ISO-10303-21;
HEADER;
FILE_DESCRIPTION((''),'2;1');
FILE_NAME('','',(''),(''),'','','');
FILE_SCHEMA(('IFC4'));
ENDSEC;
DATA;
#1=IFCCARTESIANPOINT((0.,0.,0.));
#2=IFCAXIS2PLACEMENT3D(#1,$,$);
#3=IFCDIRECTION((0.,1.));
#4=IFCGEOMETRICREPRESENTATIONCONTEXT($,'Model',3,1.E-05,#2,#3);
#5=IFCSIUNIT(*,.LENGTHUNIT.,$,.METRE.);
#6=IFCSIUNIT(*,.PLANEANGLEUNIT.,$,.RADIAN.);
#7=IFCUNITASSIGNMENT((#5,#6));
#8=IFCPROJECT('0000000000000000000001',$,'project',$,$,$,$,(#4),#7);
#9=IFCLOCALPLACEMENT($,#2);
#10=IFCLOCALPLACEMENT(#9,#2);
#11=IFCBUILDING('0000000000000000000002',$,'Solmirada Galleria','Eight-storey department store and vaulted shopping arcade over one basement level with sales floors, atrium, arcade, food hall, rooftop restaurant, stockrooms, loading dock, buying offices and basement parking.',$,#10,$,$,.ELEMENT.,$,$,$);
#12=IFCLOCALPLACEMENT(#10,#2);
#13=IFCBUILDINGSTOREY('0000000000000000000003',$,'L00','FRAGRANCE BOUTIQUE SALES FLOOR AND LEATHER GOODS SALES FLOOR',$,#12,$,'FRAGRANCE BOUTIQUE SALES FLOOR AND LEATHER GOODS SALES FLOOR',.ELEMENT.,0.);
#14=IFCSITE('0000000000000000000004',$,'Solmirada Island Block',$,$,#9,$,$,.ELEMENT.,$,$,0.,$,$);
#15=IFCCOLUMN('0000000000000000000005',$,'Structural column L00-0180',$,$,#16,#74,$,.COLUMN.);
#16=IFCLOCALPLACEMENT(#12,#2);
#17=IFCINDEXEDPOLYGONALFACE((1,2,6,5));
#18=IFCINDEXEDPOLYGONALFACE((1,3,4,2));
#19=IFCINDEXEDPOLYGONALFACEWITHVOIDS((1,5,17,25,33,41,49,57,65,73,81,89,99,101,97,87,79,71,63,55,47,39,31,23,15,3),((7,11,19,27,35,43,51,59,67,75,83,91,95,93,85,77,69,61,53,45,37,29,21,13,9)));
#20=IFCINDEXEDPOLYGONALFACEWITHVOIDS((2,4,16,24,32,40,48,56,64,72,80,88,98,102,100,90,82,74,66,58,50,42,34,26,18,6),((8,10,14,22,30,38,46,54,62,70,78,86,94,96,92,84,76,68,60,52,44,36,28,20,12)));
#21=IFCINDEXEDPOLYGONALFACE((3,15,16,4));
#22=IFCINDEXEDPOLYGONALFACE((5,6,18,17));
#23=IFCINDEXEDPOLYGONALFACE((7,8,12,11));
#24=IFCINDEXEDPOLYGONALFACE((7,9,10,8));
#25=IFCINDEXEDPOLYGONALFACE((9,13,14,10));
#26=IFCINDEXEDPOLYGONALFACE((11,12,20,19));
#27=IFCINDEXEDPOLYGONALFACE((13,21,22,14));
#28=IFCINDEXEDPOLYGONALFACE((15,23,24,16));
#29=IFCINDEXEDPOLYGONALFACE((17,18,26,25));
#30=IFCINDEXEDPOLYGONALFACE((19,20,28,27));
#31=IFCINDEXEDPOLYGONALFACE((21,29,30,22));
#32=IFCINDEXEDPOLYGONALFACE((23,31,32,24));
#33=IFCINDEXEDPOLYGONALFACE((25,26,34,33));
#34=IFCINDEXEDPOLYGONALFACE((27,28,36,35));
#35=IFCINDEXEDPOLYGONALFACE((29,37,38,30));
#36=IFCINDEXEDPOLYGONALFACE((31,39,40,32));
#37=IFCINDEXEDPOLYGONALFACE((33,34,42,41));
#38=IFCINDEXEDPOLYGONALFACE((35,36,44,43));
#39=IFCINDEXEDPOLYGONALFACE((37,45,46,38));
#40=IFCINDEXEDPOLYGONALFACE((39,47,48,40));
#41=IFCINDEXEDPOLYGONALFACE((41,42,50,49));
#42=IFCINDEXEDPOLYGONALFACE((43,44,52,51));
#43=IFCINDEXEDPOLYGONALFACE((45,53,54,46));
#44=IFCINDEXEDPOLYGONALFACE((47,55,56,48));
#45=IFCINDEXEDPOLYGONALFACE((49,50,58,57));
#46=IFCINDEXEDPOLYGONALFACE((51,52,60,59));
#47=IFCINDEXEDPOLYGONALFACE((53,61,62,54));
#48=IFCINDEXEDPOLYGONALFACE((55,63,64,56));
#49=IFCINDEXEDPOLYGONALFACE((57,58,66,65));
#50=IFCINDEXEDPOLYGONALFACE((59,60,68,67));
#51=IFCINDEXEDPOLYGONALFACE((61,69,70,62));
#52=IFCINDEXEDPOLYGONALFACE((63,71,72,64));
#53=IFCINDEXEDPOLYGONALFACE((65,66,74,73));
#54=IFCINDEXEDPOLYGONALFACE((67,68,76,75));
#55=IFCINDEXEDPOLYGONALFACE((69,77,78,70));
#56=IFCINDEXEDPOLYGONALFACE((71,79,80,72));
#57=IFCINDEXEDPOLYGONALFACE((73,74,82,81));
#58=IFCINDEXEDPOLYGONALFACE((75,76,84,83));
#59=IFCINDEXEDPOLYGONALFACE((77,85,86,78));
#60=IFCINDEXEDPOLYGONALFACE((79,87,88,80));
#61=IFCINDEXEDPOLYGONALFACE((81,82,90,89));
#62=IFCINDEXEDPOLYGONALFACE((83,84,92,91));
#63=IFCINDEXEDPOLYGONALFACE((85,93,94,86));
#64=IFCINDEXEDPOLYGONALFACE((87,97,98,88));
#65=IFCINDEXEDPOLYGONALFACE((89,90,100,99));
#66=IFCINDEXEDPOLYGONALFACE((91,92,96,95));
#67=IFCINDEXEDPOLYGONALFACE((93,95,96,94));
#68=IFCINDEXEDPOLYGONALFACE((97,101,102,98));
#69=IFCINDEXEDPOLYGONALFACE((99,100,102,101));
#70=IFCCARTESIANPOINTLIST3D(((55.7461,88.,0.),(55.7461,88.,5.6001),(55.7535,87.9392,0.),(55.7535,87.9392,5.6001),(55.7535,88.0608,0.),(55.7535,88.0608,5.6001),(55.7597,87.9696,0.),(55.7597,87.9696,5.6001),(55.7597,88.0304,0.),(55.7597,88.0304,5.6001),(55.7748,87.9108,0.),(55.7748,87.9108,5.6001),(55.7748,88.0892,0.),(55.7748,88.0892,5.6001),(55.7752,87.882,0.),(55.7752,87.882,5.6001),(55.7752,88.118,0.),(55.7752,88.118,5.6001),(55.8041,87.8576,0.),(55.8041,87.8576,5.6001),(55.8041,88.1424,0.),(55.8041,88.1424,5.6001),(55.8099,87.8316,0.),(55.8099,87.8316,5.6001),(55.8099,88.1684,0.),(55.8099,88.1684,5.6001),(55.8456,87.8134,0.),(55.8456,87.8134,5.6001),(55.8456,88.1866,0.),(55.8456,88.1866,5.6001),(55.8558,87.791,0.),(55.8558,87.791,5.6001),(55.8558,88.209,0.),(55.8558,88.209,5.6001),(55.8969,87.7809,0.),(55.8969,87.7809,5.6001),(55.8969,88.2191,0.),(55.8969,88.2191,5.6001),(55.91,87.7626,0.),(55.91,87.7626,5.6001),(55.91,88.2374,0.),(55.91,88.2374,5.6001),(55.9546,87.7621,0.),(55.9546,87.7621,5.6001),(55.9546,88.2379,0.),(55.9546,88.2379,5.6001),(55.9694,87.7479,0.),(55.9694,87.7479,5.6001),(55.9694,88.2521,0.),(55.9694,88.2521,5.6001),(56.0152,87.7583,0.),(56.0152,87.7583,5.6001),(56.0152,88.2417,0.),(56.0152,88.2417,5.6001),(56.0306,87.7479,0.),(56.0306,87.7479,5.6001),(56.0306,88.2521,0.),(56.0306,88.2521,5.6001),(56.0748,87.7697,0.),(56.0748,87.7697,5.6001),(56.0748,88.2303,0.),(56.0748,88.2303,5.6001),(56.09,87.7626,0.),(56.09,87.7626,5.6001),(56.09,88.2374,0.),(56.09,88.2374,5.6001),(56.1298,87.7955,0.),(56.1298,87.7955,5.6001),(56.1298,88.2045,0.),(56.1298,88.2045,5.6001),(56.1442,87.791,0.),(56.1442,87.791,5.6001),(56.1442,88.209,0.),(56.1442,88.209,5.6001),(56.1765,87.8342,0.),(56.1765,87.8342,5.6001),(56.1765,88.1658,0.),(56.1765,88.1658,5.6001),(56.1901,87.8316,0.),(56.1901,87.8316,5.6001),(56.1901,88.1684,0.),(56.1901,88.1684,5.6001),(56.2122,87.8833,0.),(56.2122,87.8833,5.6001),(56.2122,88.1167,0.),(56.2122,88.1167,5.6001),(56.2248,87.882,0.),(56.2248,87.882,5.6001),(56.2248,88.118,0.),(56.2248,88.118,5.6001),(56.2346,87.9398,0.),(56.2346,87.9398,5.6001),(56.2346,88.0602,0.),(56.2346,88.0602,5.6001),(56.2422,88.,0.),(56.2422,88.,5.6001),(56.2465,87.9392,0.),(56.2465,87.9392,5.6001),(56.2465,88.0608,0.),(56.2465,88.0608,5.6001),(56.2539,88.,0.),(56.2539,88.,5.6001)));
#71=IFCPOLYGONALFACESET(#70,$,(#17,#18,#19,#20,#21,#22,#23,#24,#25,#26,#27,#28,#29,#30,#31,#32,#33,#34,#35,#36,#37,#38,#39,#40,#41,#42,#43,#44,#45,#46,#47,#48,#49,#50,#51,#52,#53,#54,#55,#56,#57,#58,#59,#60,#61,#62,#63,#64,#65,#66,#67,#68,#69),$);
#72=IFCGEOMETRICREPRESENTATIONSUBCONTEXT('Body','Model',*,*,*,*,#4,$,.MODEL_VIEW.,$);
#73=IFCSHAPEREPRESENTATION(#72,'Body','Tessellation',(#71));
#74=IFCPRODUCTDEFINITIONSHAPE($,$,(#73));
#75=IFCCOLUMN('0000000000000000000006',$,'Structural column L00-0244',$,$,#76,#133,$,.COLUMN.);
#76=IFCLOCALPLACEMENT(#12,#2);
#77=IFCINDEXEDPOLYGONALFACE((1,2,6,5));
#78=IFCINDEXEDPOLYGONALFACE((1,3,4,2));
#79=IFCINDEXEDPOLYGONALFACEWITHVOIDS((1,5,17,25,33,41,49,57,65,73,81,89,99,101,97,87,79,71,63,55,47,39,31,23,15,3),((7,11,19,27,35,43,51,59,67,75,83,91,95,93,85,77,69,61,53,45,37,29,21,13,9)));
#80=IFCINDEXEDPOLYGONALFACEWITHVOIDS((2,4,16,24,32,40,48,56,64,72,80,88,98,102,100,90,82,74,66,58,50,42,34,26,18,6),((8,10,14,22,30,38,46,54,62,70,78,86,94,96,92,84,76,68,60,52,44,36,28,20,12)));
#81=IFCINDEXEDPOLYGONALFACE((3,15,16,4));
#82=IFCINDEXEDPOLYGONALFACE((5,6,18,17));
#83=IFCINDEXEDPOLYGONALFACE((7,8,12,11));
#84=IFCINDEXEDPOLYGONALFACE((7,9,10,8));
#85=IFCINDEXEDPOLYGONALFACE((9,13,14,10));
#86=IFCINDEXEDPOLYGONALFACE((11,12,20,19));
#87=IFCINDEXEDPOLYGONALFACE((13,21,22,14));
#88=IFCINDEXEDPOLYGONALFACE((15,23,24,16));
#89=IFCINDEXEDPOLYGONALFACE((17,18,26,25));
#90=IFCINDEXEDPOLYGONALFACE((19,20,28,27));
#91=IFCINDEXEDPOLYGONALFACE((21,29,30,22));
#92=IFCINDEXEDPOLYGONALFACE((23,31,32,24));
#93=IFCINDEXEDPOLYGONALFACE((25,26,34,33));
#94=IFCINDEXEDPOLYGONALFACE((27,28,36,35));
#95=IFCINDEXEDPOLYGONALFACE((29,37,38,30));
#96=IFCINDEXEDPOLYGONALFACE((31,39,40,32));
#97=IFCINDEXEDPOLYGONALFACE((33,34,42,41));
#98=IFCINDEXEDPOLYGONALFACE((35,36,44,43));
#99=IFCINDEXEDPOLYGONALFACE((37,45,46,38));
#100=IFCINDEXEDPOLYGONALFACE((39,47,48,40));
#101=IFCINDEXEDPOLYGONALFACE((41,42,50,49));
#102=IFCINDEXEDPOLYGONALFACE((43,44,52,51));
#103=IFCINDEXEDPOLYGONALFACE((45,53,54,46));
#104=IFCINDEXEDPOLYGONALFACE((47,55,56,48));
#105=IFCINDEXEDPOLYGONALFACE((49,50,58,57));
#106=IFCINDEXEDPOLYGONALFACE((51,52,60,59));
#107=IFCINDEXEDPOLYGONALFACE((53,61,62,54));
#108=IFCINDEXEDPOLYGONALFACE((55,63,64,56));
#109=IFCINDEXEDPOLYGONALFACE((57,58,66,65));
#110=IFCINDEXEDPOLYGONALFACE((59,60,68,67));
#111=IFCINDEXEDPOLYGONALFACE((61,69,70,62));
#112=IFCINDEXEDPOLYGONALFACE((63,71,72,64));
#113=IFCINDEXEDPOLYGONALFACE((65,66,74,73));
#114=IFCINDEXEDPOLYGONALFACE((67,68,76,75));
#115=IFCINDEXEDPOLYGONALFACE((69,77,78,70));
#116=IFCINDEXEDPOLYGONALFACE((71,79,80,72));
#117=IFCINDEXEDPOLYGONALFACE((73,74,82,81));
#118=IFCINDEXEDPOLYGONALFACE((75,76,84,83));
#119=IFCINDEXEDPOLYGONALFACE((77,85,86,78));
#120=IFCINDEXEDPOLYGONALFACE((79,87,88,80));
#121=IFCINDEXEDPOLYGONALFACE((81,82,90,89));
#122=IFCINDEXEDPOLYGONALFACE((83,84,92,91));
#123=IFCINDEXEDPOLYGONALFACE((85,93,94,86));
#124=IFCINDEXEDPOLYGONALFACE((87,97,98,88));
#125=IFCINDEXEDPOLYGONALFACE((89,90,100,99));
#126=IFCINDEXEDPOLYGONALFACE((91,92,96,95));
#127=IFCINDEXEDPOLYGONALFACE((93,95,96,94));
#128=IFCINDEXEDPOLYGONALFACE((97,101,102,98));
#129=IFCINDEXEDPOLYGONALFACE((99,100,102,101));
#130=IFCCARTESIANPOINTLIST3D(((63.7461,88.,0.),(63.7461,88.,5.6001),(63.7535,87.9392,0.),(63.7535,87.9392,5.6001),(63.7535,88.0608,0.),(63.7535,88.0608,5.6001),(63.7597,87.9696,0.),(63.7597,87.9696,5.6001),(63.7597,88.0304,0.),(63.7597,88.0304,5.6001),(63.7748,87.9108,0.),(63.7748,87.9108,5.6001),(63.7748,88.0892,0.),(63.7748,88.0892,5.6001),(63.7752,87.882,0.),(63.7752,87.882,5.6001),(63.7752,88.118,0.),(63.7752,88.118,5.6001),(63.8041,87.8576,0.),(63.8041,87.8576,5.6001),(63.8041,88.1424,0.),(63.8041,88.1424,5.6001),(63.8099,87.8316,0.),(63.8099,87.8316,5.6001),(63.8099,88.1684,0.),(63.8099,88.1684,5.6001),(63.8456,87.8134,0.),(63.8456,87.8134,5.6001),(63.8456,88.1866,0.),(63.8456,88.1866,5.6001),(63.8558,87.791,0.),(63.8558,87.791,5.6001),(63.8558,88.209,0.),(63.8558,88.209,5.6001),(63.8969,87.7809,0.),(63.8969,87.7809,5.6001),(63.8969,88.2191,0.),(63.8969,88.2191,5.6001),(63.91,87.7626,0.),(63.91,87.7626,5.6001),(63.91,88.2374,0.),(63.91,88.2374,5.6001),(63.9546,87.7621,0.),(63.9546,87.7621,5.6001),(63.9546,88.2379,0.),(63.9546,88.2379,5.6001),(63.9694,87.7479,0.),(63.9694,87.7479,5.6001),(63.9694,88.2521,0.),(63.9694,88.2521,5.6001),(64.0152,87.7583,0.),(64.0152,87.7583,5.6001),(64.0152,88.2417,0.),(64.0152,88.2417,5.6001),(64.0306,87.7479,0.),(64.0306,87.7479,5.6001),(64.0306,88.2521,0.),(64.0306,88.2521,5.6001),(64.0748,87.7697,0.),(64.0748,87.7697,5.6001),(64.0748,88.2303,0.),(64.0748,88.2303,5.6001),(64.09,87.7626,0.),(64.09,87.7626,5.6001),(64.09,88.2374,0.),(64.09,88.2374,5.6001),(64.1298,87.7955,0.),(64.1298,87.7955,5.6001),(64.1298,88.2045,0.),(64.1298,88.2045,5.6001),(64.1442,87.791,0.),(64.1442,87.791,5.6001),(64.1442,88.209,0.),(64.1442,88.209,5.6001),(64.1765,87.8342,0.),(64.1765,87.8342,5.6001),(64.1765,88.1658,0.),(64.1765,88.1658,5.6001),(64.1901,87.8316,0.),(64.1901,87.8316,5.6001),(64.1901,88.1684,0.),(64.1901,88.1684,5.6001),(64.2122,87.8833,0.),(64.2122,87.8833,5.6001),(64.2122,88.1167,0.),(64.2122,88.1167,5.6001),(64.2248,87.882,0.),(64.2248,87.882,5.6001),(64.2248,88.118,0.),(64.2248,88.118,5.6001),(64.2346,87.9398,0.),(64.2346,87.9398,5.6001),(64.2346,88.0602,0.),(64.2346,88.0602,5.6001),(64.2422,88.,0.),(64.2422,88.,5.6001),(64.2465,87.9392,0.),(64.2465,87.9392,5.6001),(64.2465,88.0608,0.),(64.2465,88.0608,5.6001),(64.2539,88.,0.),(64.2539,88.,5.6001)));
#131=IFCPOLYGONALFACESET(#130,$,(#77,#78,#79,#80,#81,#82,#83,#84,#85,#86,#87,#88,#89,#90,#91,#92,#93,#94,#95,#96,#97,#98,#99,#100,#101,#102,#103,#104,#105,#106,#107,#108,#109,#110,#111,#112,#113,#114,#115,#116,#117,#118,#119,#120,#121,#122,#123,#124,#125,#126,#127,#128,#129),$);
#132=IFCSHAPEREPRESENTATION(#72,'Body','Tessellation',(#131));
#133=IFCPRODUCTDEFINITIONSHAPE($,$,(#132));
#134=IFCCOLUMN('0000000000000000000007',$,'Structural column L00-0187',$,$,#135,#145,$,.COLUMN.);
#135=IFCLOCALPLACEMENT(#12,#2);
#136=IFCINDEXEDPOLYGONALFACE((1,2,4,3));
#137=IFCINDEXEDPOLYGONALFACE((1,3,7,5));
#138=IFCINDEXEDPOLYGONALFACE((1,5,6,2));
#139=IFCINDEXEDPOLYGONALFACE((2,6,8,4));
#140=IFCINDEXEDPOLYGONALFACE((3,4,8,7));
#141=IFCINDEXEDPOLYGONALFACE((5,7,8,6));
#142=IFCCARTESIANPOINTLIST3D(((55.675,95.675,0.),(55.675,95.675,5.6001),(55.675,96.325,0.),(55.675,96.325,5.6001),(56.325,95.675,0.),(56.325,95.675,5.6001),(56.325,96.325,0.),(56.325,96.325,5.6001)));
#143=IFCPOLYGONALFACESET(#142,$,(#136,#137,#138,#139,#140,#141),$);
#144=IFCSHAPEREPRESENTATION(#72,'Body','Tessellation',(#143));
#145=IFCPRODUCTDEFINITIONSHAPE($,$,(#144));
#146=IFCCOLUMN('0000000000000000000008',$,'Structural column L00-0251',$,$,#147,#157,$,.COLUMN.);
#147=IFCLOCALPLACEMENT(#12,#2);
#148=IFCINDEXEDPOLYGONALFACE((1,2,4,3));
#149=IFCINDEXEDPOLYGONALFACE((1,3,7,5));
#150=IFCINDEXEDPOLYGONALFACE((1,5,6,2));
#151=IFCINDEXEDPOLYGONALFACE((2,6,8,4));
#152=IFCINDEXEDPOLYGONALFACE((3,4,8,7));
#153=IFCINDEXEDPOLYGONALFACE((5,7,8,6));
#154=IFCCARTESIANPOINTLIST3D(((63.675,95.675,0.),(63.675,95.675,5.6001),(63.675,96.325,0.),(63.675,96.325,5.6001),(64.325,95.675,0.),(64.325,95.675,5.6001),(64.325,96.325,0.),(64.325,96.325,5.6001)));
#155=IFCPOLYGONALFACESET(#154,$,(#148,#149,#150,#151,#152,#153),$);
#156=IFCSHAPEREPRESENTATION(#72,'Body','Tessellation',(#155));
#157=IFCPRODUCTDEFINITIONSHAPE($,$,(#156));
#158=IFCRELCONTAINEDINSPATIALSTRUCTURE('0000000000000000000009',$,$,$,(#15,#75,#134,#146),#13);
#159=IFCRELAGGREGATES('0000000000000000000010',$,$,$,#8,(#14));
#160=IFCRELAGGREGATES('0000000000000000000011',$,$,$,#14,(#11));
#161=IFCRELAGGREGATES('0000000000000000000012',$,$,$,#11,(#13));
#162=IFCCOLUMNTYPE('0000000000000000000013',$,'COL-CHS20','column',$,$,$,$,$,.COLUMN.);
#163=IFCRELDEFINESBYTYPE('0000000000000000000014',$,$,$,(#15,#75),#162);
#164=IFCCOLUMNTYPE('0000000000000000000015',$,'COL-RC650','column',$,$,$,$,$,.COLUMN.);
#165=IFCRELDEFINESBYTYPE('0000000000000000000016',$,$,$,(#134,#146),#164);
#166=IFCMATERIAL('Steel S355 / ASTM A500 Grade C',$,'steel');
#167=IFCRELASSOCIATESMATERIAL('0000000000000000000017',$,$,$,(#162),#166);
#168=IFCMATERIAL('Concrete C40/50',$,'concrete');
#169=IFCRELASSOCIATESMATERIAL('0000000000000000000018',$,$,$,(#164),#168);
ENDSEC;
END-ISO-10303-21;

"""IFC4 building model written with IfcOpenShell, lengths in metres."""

from ifc_helpers import new_model, si_unit, direction, frame, origin, origin_2d, place, context, subcontext, project, spatial, rectangle, hollow_circle, extrude, material, material_profile, profile_set, type_object, element, save


model = new_model("IFC4")

# Units and contexts
model_context = context("Model", 3, precision=1e-05, world=origin(), true_north=direction((0.0, 1.0)))
body_context = subcontext(model_context, "Body", "Model", "MODEL_VIEW")
ifc_project = project(units=[si_unit("LENGTHUNIT", "METRE"), si_unit("PLANEANGLEUNIT", "RADIAN")], contexts=[model_context])

# Site, building, storey
site_placement = place(None, origin())
site = spatial("IfcSite", under=ifc_project, at=site_placement, Name="Solmirada Island Block", CompositionType="ELEMENT", RefElevation=0.0)
building_placement = place(site_placement, origin())
building = spatial("IfcBuilding", under=site, at=building_placement, Name="Solmirada Galleria", Description="Eight-storey department store and vaulted shopping arcade over one basement level with sales floors, atrium, arcade, food hall, rooftop restaurant, stockrooms, loading dock, buying offices and basement parking.", CompositionType="ELEMENT")
storey_placement = place(building_placement, origin())
storey = spatial("IfcBuildingStorey", under=building, at=storey_placement, Name="L00", Description="FRAGRANCE BOUTIQUE SALES FLOOR AND LEATHER GOODS SALES FLOOR", LongName="FRAGRANCE BOUTIQUE SALES FLOOR AND LEATHER GOODS SALES FLOOR", CompositionType="ELEMENT", Elevation=0.0)

# Columns
ifc_material_1 = material(Name="Steel S355 / ASTM A500 Grade C", Category="steel")
ifc_material_profile_1 = material_profile(ifc_material_1, hollow_circle(Radius=0.2539, WallThickness=0.0117, at=origin_2d()), Name="HSS20.000X0.500")
ifc_profile_set_1 = profile_set([ifc_material_profile_1], Name="Steel S355 / ASTM A500 Grade C")
column_type_1 = type_object("IfcColumnType", Name="COL-CHS20", Description="column", PredefinedType="COLUMN", material=ifc_profile_set_1)
for number, where, z_axis, x_axis, name in (
    (1, (56.0, 88.0, 0.0), (0.0, 0.0, 1.0), (1.0, 0.0, 0.0), "Structural column L00-0180"),
    (2, (64.0, 88.0, 0.0), (0.0, 0.0, 1.0), (1.0, 0.0, 0.0), "Structural column L00-0244"),
):
    element("IfcColumn", number, at=place(storey_placement, frame(where, z_axis=z_axis, x_axis=x_axis)), inside=storey, type_object=column_type_1, Name=name, PredefinedType="COLUMN", context=body_context, shape_type="SweptSolid", body=[
        extrude(hollow_circle(Radius=0.2539, WallThickness=0.0117, at=origin_2d()), origin(), (0.0, 0.0, 1.0), 5.6001),
    ])
ifc_material_2 = material(Name="Concrete C40/50", Category="concrete")
ifc_material_profile_2 = material_profile(ifc_material_2, rectangle(XDim=0.6499, YDim=0.6499, at=origin_2d()), Name="RC650X650")
ifc_profile_set_2 = profile_set([ifc_material_profile_2], Name="Concrete C40/50")
column_type_2 = type_object("IfcColumnType", Name="COL-RC650", Description="column", PredefinedType="COLUMN", material=ifc_profile_set_2)
for number, where, z_axis, x_axis, name in (
    (3, (56.0, 96.0, 0.0), (0.0, 0.0, 1.0), (1.0, 0.0, 0.0), "Structural column L00-0187"),
    (4, (64.0, 96.0, 0.0), (0.0, 0.0, 1.0), (1.0, 0.0, 0.0), "Structural column L00-0251"),
):
    element("IfcColumn", number, at=place(storey_placement, frame(where, z_axis=z_axis, x_axis=x_axis)), inside=storey, type_object=column_type_2, Name=name, PredefinedType="COLUMN", context=body_context, shape_type="SweptSolid", body=[
        extrude(rectangle(XDim=0.6499, YDim=0.6499, at=origin_2d()), origin(), (0.0, 0.0, 1.0), 5.6001),
    ])

save(model, "model.ifc")
